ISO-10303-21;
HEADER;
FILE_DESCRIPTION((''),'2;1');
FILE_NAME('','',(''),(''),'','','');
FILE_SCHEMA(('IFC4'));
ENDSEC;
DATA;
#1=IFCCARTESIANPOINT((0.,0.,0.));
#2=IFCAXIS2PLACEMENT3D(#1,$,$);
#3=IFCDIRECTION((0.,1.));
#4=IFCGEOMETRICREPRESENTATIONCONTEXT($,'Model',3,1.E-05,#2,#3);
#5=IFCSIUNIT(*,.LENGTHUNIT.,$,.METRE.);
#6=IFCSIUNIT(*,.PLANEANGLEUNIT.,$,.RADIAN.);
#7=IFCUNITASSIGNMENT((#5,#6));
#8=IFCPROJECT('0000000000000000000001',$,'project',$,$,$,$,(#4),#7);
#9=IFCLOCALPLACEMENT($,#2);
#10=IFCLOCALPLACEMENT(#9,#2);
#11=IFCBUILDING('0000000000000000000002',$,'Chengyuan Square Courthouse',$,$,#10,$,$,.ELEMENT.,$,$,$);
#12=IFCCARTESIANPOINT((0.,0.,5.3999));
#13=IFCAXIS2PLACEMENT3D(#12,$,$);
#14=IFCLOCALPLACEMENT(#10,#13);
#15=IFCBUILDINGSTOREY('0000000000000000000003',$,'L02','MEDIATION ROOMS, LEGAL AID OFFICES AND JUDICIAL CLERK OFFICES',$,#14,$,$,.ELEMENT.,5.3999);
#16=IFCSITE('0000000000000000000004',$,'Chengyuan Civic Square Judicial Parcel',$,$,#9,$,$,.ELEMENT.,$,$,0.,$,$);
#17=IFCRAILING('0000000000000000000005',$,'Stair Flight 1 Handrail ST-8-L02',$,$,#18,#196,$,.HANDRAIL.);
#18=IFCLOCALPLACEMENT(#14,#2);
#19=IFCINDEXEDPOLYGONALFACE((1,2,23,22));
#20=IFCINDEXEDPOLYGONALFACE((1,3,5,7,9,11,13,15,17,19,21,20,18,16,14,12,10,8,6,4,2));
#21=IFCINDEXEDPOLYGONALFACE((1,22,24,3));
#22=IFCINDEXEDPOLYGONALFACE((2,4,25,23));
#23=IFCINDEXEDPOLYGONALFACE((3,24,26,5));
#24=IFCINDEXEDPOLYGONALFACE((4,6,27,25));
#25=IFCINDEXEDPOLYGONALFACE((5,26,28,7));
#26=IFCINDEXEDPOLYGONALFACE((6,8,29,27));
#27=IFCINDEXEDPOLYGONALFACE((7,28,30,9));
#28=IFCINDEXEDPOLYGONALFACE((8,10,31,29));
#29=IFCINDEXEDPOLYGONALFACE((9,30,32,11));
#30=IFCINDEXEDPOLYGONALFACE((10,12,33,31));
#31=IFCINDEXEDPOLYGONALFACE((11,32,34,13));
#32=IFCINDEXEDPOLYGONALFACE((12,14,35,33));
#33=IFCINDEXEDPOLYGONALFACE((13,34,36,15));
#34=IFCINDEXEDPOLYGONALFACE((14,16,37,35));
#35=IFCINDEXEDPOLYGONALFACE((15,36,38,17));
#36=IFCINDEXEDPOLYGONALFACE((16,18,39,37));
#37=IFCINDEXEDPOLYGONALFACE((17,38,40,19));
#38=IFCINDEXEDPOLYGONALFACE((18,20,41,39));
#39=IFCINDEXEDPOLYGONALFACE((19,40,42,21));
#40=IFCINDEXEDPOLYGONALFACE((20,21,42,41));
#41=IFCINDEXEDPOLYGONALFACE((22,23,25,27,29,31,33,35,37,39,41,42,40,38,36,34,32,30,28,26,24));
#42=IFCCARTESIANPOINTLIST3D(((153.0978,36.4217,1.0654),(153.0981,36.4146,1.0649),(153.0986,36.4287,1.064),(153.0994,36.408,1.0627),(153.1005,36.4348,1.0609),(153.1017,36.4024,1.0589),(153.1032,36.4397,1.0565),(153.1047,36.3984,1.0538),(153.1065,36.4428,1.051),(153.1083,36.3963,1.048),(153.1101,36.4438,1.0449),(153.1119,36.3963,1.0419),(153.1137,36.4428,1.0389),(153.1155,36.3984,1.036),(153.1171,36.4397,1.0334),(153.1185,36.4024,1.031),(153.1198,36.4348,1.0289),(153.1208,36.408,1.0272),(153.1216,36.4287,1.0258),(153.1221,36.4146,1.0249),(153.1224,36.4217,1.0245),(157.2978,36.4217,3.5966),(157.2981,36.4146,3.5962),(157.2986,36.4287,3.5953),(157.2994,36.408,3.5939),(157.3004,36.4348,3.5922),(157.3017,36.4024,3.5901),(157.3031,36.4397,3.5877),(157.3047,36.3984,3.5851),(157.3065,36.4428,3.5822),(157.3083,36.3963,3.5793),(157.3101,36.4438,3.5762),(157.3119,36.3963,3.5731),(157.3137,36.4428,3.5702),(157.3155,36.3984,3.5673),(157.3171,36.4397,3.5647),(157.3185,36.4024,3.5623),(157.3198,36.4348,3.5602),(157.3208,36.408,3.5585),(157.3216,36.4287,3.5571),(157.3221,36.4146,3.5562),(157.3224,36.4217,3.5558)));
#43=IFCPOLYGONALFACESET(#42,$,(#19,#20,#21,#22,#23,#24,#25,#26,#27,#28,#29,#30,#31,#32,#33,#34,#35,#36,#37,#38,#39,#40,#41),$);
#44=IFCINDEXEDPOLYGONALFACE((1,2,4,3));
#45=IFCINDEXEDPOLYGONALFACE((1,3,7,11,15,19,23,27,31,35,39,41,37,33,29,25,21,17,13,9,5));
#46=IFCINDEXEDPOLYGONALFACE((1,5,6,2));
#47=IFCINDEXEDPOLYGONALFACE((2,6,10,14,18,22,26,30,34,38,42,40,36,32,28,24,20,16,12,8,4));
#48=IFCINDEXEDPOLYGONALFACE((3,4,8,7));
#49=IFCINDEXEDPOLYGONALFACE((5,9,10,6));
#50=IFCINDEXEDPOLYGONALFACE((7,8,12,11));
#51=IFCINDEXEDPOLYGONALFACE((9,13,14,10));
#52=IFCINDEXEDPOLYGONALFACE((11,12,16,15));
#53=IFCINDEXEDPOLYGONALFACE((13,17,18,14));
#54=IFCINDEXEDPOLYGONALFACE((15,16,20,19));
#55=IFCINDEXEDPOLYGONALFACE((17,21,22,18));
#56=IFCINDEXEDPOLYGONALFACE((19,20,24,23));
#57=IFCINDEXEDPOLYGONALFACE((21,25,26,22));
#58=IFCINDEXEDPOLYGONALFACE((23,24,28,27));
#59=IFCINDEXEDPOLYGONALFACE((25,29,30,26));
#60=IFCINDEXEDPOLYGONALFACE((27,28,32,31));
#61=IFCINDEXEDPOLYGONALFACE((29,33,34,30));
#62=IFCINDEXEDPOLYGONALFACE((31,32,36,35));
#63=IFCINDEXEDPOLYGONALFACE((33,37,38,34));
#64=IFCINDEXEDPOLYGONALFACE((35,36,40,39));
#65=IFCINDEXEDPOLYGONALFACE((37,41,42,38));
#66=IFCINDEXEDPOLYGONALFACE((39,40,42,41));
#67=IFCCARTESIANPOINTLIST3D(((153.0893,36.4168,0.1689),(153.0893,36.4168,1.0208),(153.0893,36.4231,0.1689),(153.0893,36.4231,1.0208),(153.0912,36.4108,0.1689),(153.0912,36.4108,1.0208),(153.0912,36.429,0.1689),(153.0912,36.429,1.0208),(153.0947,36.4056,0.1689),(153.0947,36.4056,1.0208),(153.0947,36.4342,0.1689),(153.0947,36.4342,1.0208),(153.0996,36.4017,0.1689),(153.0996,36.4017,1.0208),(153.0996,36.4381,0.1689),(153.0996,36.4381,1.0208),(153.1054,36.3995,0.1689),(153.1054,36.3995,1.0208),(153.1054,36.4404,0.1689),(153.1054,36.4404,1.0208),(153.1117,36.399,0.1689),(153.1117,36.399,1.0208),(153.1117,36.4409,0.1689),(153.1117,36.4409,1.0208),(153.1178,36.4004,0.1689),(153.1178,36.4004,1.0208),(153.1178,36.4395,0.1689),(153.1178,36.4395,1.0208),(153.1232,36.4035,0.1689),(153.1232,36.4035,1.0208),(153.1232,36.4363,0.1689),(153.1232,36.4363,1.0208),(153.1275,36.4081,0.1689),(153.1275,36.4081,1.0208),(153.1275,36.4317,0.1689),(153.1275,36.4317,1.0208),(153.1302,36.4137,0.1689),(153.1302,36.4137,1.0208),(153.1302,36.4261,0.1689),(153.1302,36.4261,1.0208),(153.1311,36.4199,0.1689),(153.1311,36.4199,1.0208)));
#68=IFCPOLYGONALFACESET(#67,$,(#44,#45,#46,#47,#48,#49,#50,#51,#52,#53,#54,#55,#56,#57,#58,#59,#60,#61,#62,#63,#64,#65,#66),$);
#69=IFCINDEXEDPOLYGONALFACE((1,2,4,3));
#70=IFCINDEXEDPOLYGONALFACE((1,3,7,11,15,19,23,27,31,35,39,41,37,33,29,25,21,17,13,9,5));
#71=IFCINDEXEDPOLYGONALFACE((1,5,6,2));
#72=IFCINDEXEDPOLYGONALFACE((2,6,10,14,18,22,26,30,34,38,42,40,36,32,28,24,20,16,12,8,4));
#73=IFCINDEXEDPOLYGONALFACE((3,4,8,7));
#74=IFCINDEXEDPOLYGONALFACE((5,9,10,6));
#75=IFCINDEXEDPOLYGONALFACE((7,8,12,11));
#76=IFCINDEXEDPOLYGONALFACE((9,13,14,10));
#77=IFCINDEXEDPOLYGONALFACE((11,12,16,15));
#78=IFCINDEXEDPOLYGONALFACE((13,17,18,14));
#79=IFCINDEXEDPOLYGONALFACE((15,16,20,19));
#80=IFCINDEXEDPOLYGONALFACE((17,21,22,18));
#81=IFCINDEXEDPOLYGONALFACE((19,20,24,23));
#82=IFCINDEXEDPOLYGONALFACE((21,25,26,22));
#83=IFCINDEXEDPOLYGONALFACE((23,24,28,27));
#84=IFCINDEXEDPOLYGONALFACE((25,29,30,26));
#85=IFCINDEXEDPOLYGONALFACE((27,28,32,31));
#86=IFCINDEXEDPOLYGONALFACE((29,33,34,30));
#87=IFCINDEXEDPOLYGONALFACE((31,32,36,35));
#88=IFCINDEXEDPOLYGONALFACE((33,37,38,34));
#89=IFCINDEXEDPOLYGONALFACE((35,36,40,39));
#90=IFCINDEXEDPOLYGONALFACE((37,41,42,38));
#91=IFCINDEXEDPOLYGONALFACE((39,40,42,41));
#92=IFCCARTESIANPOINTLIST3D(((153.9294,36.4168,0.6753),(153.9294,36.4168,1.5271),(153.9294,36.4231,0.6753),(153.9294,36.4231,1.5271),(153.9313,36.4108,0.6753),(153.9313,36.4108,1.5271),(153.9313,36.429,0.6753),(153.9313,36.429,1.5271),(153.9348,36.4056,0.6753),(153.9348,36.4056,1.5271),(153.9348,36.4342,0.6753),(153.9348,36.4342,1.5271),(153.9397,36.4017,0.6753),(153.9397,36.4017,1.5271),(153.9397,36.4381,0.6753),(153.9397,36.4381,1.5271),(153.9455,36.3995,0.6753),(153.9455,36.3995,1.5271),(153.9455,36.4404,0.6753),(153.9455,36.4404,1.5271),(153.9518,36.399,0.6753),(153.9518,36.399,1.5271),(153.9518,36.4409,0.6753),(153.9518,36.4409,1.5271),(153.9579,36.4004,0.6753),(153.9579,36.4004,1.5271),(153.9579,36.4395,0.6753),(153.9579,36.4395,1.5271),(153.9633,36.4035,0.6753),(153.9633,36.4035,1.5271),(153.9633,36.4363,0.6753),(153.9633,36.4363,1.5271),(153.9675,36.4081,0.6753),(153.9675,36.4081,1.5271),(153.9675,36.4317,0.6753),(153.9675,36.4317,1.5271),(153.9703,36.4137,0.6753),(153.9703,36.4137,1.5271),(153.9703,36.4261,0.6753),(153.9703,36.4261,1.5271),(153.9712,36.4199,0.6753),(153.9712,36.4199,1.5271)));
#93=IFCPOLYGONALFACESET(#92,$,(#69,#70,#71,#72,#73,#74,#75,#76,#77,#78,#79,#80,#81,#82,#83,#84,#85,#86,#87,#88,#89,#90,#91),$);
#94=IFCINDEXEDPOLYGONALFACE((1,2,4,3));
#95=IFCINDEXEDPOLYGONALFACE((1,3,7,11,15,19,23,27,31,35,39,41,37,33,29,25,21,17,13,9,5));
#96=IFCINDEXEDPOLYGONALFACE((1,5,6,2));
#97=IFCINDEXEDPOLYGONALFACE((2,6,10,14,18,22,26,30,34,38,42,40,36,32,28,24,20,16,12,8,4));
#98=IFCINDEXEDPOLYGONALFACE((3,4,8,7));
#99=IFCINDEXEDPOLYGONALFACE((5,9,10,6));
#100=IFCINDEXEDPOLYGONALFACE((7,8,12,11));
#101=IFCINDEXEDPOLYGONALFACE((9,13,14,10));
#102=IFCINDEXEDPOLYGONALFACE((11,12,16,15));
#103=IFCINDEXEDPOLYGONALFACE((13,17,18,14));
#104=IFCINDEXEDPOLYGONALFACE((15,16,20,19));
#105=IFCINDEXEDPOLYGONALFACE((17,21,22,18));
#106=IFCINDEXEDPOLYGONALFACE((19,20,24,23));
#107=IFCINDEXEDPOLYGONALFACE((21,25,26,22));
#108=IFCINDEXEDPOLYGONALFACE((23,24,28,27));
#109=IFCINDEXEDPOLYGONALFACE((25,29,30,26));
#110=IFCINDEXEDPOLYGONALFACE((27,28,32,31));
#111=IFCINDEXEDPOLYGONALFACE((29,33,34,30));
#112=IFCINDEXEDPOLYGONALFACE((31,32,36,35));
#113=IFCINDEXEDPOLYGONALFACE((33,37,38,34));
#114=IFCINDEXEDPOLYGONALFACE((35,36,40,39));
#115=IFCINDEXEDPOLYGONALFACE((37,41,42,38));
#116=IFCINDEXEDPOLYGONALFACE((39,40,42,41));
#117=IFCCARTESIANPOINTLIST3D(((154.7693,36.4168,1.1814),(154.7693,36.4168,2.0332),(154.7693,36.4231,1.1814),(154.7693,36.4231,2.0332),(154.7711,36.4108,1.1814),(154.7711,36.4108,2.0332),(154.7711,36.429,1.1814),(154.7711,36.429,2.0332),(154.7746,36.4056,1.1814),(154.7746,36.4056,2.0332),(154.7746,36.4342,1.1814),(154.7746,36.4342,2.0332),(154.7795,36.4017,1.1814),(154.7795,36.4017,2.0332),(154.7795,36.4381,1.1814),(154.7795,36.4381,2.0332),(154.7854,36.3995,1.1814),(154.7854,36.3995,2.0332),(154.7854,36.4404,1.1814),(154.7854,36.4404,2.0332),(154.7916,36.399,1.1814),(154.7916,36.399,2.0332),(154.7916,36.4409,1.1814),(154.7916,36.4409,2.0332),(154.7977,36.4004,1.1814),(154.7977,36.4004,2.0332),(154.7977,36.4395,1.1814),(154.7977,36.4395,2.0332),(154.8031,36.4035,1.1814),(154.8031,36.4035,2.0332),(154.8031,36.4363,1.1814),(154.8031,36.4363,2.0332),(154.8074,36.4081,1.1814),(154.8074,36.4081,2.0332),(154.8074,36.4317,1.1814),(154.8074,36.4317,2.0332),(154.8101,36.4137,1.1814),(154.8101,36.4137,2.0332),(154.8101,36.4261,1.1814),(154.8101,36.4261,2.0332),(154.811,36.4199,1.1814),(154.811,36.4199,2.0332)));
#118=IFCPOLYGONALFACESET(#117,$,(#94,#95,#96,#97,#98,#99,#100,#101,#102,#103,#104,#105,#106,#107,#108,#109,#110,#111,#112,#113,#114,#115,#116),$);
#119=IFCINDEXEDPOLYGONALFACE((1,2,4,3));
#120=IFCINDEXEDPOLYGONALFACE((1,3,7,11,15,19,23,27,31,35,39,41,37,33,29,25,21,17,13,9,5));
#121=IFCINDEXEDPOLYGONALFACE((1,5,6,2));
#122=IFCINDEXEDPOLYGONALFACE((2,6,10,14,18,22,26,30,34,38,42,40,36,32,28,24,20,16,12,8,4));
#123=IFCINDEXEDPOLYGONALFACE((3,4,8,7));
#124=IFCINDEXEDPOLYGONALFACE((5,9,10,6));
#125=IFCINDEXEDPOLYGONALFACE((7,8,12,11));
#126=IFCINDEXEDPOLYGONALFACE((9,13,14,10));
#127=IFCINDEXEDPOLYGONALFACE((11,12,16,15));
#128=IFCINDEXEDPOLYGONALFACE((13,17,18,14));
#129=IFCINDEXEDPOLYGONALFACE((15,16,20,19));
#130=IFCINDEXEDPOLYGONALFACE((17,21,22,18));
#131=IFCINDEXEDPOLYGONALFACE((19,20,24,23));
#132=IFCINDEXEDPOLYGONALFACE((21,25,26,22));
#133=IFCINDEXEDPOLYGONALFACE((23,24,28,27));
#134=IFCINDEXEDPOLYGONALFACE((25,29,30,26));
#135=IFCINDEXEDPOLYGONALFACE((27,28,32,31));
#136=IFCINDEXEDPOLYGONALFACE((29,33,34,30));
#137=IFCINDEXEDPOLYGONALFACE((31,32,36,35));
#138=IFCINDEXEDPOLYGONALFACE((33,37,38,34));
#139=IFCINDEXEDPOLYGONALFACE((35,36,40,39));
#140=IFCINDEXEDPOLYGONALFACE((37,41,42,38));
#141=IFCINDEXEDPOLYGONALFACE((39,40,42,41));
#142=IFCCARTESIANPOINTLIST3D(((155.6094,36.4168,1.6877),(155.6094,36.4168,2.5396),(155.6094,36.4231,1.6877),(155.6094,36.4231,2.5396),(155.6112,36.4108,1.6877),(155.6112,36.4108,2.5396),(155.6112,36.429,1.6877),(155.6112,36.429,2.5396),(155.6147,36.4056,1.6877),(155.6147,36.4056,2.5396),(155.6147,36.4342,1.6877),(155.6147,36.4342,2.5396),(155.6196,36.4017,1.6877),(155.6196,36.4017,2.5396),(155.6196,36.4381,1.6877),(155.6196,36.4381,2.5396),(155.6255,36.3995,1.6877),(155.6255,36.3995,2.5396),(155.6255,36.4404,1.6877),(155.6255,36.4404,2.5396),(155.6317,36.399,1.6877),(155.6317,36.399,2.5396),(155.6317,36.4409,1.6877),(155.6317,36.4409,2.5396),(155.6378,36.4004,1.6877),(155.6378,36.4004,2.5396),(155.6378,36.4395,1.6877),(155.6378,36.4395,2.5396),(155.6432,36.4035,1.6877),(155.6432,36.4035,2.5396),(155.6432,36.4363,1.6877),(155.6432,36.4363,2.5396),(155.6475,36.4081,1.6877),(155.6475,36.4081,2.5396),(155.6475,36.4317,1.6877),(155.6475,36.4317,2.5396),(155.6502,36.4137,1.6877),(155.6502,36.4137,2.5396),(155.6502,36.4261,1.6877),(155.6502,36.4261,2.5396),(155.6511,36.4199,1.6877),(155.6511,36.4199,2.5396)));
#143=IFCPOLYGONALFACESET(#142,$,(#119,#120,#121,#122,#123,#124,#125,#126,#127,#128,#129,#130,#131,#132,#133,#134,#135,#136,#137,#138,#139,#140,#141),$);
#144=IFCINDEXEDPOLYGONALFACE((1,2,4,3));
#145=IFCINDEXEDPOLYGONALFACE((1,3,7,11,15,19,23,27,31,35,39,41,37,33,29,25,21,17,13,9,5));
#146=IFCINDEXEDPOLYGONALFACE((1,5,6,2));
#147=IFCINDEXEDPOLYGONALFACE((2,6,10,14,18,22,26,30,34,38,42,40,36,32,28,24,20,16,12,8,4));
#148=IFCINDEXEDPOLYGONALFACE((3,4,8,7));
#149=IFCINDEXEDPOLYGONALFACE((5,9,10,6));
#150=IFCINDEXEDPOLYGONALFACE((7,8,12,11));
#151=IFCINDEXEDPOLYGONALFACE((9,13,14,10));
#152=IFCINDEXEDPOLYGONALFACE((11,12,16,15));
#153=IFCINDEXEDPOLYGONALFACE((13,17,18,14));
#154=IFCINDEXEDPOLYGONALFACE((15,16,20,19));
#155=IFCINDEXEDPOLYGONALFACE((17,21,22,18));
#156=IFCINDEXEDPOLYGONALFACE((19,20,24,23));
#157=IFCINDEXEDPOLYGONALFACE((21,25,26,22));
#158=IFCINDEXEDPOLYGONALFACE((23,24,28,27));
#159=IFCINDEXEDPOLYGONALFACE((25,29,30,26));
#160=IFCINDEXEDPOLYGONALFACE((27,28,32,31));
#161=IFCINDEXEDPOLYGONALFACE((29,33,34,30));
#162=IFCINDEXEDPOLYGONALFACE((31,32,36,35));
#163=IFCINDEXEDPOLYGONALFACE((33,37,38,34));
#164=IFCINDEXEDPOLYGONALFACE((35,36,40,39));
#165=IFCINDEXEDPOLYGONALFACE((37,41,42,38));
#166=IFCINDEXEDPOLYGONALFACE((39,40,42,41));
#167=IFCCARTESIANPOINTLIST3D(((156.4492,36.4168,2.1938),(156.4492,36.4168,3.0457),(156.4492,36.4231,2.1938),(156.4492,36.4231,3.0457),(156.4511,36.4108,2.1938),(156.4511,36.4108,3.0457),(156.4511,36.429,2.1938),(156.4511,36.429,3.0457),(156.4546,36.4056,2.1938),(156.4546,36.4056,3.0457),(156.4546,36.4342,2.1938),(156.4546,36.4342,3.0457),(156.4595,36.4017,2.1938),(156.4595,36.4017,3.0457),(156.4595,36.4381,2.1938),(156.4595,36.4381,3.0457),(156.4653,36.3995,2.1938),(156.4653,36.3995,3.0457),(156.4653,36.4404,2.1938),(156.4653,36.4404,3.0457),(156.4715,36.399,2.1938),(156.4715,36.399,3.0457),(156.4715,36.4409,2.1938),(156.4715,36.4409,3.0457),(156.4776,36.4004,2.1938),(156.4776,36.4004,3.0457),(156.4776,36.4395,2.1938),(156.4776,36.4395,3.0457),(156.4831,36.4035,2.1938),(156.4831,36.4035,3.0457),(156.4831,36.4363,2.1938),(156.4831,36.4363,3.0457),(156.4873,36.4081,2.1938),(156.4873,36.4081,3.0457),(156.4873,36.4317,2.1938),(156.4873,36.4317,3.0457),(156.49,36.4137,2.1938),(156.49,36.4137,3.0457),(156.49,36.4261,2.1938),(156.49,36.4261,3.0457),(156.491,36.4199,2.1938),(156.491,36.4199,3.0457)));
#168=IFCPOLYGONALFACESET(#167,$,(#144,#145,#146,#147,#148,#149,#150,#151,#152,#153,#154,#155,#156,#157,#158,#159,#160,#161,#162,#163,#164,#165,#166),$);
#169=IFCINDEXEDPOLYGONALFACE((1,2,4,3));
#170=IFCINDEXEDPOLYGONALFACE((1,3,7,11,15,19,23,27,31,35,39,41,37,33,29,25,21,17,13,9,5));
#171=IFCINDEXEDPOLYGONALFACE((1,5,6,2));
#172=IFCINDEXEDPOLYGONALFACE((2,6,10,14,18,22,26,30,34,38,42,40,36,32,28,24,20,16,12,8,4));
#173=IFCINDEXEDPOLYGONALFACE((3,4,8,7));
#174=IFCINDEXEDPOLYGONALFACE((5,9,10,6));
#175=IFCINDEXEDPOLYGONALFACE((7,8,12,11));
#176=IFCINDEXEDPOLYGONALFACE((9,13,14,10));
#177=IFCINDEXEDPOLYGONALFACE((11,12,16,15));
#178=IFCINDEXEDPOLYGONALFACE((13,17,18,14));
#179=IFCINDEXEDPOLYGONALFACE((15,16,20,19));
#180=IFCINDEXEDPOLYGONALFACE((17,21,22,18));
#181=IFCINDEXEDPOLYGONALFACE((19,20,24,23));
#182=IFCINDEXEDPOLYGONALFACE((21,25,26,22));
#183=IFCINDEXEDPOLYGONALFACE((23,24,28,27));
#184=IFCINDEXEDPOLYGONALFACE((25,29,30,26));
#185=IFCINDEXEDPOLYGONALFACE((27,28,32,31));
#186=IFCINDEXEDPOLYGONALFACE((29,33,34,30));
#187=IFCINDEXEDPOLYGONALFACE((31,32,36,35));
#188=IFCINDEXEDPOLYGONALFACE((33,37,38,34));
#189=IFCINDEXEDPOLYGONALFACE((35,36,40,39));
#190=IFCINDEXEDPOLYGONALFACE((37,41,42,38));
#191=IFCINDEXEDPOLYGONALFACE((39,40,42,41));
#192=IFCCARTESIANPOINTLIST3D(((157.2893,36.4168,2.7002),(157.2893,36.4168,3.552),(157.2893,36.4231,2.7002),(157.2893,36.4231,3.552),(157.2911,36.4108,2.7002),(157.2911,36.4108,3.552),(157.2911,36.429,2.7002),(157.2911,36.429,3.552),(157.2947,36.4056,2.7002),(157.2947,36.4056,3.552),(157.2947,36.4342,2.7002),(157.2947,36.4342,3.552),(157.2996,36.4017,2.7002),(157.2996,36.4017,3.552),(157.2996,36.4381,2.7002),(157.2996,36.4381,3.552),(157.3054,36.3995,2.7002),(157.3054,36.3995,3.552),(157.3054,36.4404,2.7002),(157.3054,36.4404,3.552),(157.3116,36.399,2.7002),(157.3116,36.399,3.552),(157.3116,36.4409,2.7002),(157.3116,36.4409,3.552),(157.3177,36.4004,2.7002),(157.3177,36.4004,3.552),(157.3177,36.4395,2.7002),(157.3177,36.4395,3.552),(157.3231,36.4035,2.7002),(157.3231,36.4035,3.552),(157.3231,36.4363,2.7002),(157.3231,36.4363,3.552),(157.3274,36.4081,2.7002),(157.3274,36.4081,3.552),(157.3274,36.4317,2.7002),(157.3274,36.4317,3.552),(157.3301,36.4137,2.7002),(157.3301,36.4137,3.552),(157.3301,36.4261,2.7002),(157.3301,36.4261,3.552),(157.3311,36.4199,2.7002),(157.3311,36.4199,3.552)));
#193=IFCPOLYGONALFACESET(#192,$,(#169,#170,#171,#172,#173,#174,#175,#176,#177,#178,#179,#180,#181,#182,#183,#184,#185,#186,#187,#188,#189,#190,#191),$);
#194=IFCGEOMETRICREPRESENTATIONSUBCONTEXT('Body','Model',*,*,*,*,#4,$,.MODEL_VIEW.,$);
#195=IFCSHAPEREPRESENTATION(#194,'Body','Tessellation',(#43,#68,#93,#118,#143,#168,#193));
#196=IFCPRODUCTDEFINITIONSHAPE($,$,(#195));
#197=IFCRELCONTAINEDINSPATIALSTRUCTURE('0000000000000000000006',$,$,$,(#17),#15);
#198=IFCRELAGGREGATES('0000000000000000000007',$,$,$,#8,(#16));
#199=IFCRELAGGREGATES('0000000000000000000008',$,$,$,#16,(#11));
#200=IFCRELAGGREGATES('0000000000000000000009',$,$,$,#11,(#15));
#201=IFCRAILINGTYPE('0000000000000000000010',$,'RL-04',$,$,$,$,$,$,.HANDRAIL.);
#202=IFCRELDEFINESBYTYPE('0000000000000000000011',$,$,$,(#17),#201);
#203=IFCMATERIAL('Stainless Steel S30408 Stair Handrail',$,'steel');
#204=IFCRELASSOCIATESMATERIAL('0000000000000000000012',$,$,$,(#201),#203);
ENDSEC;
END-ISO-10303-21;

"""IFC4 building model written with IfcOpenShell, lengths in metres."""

from ifc_helpers import new_model, si_unit, direction, frame, origin, origin_2d, place, context, subcontext, project, spatial, circle, extrude, material, type_object, element, save


model = new_model("IFC4")

# Units and contexts
model_context = context("Model", 3, precision=1e-05, world=origin(), true_north=direction((0.0, 1.0)))
body_context = subcontext(model_context, "Body", "Model", "MODEL_VIEW")
ifc_project = project(units=[si_unit("LENGTHUNIT", "METRE"), si_unit("PLANEANGLEUNIT", "RADIAN")], contexts=[model_context])

# Site, building, storey
site_placement = place(None, origin())
site = spatial("IfcSite", under=ifc_project, at=site_placement, Name="Chengyuan Civic Square Judicial Parcel", CompositionType="ELEMENT", RefElevation=0.0)
building_placement = place(site_placement, origin())
building = spatial("IfcBuilding", under=site, at=building_placement, Name="Chengyuan Square Courthouse", CompositionType="ELEMENT")
storey_placement = place(building_placement, frame((0.0, 0.0, 5.3999)))
storey = spatial("IfcBuildingStorey", under=building, at=storey_placement, Name="L02", Description="MEDIATION ROOMS, LEGAL AID OFFICES AND JUDICIAL CLERK OFFICES", CompositionType="ELEMENT", Elevation=5.3999)

# Railing
ifc_material_1 = material(Name="Stainless Steel S30408 Stair Handrail", Category="steel")
railing_type_1 = type_object("IfcRailingType", Name="RL-04", PredefinedType="HANDRAIL", material=ifc_material_1)
railing_1_placement = place(storey_placement, frame((153.1101, 36.4199, 0.1689)))
element("IfcRailing", 1, at=railing_1_placement, inside=storey, type_object=railing_type_1, Name="Stair Flight 1 Handrail ST-8-L02", PredefinedType="HANDRAIL", context=body_context, shape_type="SweptSolid", body=[
    extrude(circle(Radius=0.0239, at=origin_2d()), frame((0.0, 0.0, 0.876), z_axis=(0.856476, 0.0, 0.516186), x_axis=(0.0, 1.0, 0.0)), (0.0, 0.0, 1.0), 4.9038),
    extrude(circle(Radius=0.021, at=origin_2d()), origin(), (0.0, 0.0, 1.0), 0.8518),
    extrude(circle(Radius=0.021, at=origin_2d()), frame((0.8401, 0.0, 0.5063)), (0.0, 0.0, 1.0), 0.8518),
    extrude(circle(Radius=0.021, at=origin_2d()), frame((1.6799, 0.0, 1.0125)), (0.0, 0.0, 1.0), 0.8518),
    extrude(circle(Radius=0.021, at=origin_2d()), frame((2.52, 0.0, 1.5188)), (0.0, 0.0, 1.0), 0.8518),
    extrude(circle(Radius=0.021, at=origin_2d()), frame((3.3599, 0.0, 2.0249)), (0.0, 0.0, 1.0), 0.8518),
    extrude(circle(Radius=0.021, at=origin_2d()), frame((4.2, 0.0, 2.5312)), (0.0, 0.0, 1.0), 0.8518),
])

save(model, "model.ifc")
